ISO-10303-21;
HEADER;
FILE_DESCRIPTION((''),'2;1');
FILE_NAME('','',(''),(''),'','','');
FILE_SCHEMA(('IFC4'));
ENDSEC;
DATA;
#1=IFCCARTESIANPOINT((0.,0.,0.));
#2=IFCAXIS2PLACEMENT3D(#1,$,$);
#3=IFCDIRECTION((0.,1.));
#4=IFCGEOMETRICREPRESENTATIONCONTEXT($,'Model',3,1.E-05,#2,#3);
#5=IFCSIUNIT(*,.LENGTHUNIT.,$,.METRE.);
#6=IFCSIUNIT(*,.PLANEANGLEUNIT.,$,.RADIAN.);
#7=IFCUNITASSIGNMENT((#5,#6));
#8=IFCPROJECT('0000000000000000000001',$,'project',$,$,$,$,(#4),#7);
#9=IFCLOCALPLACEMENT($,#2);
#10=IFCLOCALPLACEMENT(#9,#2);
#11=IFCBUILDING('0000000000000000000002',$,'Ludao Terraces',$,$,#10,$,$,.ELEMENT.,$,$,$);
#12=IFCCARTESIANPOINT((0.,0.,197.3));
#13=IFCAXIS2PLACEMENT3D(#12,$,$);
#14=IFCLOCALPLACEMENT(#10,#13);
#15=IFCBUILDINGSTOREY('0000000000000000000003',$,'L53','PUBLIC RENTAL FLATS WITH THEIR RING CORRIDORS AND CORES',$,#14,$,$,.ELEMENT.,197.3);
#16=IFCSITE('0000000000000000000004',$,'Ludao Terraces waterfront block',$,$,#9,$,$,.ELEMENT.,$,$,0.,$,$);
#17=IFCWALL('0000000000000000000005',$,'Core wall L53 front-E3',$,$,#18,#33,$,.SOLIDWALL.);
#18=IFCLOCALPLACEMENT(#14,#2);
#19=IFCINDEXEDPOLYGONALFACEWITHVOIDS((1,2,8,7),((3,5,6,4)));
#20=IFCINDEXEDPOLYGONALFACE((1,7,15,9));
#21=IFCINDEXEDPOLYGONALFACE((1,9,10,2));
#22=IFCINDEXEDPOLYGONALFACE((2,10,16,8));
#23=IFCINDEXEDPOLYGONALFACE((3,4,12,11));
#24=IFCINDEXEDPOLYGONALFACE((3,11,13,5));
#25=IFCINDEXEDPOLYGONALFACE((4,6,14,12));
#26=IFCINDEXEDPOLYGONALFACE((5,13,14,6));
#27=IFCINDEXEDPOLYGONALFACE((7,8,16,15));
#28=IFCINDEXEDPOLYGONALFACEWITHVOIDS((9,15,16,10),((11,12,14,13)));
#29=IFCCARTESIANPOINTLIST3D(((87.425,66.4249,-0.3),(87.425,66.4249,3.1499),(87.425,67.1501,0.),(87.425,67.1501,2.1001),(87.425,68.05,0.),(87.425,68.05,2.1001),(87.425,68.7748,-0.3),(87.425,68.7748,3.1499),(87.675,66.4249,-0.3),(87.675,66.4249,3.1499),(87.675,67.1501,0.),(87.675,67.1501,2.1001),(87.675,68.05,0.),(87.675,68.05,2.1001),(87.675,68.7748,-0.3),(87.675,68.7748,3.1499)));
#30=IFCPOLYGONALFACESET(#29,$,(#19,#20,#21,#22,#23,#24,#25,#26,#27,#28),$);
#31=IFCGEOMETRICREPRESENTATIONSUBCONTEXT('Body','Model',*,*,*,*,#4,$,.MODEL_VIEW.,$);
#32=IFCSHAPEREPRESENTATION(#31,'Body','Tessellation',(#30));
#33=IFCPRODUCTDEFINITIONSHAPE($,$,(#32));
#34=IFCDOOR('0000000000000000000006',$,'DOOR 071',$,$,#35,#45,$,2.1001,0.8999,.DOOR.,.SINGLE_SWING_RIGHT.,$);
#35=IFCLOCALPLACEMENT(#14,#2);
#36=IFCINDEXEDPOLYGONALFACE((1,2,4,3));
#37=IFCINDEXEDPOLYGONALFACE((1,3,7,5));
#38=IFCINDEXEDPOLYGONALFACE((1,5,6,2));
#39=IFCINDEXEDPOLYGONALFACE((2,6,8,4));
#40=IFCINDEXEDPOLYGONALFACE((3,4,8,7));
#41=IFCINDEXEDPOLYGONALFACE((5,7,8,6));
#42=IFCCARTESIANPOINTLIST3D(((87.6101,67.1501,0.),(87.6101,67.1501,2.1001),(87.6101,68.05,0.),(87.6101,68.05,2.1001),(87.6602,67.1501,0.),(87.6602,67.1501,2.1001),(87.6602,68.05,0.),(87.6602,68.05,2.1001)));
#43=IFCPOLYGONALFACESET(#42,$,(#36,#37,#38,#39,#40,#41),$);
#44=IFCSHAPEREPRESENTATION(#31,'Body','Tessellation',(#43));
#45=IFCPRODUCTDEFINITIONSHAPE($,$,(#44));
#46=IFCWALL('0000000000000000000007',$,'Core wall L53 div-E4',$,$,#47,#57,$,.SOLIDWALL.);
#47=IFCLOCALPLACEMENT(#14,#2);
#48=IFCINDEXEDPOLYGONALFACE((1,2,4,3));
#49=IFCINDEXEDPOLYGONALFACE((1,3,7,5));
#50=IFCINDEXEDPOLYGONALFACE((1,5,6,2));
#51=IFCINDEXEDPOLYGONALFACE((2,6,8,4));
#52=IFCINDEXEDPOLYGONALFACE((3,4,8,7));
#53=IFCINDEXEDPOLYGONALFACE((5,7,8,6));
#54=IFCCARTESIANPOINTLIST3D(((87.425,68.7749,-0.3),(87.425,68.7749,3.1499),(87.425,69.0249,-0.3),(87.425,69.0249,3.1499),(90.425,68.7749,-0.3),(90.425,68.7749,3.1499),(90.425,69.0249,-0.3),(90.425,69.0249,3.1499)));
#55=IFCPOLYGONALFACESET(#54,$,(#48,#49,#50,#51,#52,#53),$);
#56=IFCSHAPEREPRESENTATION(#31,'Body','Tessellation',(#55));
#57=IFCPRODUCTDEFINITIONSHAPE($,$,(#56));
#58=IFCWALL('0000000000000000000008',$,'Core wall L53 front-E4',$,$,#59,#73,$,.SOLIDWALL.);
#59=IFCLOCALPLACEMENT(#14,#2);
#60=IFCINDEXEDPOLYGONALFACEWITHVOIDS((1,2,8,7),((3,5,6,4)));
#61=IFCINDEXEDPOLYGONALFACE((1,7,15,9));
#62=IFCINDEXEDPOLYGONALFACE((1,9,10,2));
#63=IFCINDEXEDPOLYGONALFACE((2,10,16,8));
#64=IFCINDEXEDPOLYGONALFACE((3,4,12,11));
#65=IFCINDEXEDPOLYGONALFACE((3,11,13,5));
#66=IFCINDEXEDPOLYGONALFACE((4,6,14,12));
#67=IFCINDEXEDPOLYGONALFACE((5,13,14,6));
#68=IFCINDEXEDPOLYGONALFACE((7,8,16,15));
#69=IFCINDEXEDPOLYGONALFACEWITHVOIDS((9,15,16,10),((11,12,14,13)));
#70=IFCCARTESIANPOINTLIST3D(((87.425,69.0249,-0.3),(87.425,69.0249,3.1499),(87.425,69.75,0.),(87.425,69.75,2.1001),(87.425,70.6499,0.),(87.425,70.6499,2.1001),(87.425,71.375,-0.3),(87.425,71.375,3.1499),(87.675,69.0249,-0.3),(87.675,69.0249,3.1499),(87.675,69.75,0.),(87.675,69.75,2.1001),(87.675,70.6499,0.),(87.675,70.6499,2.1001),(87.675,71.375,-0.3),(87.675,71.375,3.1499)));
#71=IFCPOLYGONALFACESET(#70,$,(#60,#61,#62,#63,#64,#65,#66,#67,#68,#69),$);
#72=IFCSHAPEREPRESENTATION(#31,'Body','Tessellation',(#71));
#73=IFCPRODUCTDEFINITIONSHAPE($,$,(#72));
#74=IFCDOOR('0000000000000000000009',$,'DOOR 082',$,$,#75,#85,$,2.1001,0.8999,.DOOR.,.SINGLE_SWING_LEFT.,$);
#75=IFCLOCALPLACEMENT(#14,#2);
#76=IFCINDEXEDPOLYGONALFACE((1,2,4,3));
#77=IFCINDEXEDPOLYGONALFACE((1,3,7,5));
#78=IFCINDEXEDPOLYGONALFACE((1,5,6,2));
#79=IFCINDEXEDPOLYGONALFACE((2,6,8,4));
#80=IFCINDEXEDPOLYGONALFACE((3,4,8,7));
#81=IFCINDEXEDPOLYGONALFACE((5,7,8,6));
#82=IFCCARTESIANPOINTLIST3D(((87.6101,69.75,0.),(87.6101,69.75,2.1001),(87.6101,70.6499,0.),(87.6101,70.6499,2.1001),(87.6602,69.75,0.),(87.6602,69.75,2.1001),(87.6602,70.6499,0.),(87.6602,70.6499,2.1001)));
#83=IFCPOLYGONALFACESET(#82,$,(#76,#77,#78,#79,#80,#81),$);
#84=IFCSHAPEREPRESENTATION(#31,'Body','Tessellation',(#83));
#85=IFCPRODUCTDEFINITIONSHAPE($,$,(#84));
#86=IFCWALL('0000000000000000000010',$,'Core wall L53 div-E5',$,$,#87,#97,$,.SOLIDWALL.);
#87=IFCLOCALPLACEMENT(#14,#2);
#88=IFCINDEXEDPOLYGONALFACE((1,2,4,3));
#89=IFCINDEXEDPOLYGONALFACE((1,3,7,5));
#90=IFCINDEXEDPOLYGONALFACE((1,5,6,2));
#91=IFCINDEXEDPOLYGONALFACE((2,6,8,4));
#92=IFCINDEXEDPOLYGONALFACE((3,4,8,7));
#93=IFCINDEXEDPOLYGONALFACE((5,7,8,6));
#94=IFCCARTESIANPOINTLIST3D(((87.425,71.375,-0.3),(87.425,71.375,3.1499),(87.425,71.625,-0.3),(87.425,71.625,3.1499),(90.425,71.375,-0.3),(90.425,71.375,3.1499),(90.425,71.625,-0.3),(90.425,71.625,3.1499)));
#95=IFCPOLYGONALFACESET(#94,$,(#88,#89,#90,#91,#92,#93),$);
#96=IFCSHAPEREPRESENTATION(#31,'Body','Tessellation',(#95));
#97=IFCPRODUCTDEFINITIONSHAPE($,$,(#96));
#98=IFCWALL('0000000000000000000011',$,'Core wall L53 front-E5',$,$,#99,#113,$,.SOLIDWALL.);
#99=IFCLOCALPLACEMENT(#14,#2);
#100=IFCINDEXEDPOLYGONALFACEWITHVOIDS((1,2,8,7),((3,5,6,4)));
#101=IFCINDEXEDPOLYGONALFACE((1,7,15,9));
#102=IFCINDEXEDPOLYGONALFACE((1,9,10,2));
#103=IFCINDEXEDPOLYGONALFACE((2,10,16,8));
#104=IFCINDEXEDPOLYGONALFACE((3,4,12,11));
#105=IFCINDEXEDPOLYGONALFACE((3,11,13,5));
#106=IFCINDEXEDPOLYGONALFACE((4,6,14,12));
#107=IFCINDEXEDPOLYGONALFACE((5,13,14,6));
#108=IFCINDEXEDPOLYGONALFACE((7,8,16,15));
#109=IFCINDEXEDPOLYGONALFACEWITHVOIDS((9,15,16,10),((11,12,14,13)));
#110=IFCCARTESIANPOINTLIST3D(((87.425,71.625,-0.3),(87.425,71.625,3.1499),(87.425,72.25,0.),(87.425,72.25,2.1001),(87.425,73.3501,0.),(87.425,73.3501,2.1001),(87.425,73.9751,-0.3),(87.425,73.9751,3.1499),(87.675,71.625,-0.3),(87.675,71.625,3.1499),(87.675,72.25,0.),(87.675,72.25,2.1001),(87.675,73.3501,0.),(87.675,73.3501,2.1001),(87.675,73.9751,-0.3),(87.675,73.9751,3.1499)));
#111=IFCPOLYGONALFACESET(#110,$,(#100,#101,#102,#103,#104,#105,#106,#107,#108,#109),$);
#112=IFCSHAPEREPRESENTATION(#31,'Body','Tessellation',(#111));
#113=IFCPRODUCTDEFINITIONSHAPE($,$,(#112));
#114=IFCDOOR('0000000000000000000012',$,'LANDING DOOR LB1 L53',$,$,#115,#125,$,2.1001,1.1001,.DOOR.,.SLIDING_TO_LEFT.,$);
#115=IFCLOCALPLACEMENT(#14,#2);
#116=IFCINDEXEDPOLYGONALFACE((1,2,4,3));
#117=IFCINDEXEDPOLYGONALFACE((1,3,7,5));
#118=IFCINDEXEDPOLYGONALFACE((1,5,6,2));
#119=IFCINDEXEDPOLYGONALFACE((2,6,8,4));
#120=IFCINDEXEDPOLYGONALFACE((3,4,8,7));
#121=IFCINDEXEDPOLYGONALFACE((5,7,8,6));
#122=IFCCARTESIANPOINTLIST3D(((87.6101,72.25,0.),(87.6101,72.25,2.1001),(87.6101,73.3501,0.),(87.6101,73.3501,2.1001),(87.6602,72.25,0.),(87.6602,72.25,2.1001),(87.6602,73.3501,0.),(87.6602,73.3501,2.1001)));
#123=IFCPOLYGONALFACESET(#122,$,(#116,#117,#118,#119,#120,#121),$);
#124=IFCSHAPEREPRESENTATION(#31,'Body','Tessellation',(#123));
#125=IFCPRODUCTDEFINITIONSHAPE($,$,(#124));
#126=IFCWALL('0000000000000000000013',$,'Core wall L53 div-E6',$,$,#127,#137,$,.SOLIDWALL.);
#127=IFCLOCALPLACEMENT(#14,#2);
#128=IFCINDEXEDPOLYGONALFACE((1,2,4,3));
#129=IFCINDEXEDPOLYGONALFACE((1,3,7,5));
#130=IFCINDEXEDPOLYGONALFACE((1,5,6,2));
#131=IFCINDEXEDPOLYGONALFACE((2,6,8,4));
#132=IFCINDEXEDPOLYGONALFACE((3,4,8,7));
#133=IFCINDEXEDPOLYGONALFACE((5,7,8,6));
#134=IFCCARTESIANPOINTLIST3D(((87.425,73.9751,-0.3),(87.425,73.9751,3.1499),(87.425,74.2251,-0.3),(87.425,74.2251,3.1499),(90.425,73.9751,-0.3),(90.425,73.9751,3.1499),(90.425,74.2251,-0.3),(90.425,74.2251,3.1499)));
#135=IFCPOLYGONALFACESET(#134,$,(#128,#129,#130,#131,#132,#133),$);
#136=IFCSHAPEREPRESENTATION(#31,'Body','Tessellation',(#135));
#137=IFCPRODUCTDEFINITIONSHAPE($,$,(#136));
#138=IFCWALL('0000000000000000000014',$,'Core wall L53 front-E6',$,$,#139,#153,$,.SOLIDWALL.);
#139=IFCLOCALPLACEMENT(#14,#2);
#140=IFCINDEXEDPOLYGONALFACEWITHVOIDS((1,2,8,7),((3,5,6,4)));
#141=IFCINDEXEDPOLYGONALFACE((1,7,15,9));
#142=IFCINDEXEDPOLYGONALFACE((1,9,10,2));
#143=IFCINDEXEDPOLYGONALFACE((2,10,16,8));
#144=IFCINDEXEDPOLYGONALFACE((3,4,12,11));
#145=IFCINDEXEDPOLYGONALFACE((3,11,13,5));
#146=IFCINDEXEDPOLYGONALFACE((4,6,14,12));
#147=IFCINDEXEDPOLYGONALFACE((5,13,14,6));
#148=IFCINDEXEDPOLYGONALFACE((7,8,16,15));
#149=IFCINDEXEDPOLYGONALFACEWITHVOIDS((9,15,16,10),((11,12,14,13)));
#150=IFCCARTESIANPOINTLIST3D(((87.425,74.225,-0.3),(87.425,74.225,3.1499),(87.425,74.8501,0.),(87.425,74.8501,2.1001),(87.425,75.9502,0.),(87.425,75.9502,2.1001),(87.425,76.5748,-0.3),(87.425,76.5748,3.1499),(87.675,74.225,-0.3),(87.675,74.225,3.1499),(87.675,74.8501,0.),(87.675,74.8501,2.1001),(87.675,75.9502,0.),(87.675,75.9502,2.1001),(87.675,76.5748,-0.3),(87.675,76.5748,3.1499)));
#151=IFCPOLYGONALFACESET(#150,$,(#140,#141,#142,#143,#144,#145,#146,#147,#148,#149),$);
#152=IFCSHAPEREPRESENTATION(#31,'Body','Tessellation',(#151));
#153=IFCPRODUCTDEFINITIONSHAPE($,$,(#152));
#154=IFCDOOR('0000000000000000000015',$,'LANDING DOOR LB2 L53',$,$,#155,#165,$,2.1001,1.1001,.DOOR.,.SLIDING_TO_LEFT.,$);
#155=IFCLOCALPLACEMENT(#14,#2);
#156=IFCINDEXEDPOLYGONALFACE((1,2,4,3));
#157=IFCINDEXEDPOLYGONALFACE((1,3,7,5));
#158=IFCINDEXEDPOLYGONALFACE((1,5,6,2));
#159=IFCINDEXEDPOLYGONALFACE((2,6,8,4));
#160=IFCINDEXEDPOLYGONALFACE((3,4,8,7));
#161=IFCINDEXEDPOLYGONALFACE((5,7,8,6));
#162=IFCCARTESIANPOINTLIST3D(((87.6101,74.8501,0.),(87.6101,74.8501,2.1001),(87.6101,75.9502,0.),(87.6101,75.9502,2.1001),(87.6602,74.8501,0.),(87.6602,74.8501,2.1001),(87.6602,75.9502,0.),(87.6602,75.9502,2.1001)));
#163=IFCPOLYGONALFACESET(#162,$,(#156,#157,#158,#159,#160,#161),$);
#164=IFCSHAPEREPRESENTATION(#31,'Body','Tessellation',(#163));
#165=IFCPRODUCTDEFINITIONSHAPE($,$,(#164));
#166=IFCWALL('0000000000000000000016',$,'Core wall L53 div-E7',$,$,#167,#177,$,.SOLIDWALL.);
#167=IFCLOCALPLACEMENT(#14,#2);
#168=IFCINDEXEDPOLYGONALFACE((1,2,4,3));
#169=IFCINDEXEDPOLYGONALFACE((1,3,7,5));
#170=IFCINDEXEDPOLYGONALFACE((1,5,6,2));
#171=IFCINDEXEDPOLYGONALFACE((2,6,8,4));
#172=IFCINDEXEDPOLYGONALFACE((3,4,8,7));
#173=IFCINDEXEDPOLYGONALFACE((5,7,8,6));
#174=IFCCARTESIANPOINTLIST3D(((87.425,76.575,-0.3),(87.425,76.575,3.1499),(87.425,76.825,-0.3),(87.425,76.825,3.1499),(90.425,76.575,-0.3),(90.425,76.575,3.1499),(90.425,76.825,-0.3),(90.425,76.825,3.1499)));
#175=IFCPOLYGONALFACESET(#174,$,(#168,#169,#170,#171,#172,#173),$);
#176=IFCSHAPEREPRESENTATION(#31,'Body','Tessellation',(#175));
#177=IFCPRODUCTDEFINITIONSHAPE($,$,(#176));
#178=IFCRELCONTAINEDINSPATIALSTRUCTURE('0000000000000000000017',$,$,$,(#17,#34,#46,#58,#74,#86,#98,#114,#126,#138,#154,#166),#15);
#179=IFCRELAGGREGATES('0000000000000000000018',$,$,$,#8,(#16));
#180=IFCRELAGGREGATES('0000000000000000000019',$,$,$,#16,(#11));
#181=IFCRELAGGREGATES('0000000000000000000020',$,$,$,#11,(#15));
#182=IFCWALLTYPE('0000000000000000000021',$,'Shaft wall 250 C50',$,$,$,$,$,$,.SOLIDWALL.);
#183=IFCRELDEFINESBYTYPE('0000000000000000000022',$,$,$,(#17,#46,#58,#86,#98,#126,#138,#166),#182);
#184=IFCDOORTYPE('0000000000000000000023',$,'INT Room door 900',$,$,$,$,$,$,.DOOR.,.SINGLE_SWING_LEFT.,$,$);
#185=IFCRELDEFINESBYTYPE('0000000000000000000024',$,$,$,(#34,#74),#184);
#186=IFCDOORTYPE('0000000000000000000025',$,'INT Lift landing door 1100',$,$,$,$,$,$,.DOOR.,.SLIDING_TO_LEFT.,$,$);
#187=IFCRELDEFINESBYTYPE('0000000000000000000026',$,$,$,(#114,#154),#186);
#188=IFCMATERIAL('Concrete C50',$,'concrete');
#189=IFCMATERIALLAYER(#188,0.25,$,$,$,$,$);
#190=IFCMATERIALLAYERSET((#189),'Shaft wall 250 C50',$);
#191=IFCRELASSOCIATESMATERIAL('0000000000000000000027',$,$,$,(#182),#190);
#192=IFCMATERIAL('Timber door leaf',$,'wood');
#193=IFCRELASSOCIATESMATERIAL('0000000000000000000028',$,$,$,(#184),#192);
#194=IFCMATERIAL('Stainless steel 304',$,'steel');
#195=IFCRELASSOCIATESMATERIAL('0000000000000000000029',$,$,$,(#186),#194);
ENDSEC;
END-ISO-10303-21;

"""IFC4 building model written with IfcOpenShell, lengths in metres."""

from ifc_helpers import new_model, si_unit, direction, frame, frame_2d, origin, place, context, subcontext, project, spatial, rectangle, extrude, material, layer, layer_set, type_object, element, fill, save


model = new_model("IFC4")

# Units and contexts
model_context = context("Model", 3, precision=1e-05, world=origin(), true_north=direction((0.0, 1.0)))
body_context = subcontext(model_context, "Body", "Model", "MODEL_VIEW")
ifc_project = project(units=[si_unit("LENGTHUNIT", "METRE"), si_unit("PLANEANGLEUNIT", "RADIAN")], contexts=[model_context])

# Site, building, storey
site_placement = place(None, origin())
site = spatial("IfcSite", under=ifc_project, at=site_placement, Name="Ludao Terraces waterfront block", CompositionType="ELEMENT", RefElevation=0.0)
building_placement = place(site_placement, origin())
building = spatial("IfcBuilding", under=site, at=building_placement, Name="Ludao Terraces", CompositionType="ELEMENT")
storey_placement = place(building_placement, frame((0.0, 0.0, 197.3)))
storey = spatial("IfcBuildingStorey", under=building, at=storey_placement, Name="L53", Description="PUBLIC RENTAL FLATS WITH THEIR RING CORRIDORS AND CORES", CompositionType="ELEMENT", Elevation=197.3)

# Wall, opening, door
ifc_material_1 = material(Name="Concrete C50", Category="concrete")
ifc_layer_1 = layer(ifc_material_1, 0.25)
ifc_layer_set_1 = layer_set([ifc_layer_1], Name="Shaft wall 250 C50")
wall_type_1 = type_object("IfcWallType", Name="Shaft wall 250 C50", PredefinedType="SOLIDWALL", material=ifc_layer_set_1)
wall_1_placement = place(storey_placement, frame((87.55, 66.425, -0.3), z_axis=(0.0, 0.0, 1.0), x_axis=(0.0, 1.0, 0.0)))
wall_1 = element("IfcWall", 1, at=wall_1_placement, inside=storey, type_object=wall_type_1, Name="Core wall L53 front-E3", PredefinedType="SOLIDWALL", context=body_context, shape_type="SweptSolid", body=[
    extrude(rectangle(XDim=2.3499, YDim=0.25, at=frame_2d((1.1748, 0.0))), origin(), (0.0, 0.0, 1.0), 3.45),
])
opening_1_placement = place(wall_1_placement, frame((0.7251, 0.0, 0.3)))
opening_1 = element("IfcOpeningElement", 2, at=opening_1_placement, cuts=wall_1, PredefinedType="OPENING", context=body_context, shape_type="SweptSolid", body=[
    extrude(rectangle(XDim=0.8999, YDim=2.1001, at=frame_2d((0.45, 1.05))), frame((0.0, 0.135, 0.0), z_axis=(0.0, -1.0, 0.0), x_axis=(1.0, 0.0, 0.0)), (0.0, 0.0, 1.0), 0.27),
])
ifc_material_2 = material(Name="Timber door leaf", Category="wood")
door_type_1 = type_object("IfcDoorType", Name="INT Room door 900", OperationType="SINGLE_SWING_LEFT", PredefinedType="DOOR", material=ifc_material_2)
door_1_placement = place(opening_1_placement, origin())
door_1 = element("IfcDoor", 3, at=door_1_placement, inside=storey, type_object=door_type_1, Name="DOOR 071", OperationType="SINGLE_SWING_RIGHT", OverallHeight=2.1001, OverallWidth=0.8999, PredefinedType="DOOR", context=body_context, shape_type="SweptSolid", body=[
    extrude(rectangle(XDim=0.8999, YDim=2.1001, at=frame_2d((0.45, 1.05))), frame((0.0, -0.0601, 0.0), z_axis=(0.0, -1.0, 0.0), x_axis=(1.0, 0.0, 0.0)), (0.0, 0.0, 1.0), 0.05),
])
fill(opening_1, door_1)

# Wall
wall_2_placement = place(storey_placement, frame((87.425, 68.8999, -0.3), z_axis=(0.0, 0.0, 1.0), x_axis=(1.0, 0.0, 0.0)))
element("IfcWall", 4, at=wall_2_placement, inside=storey, type_object=wall_type_1, Name="Core wall L53 div-E4", PredefinedType="SOLIDWALL", context=body_context, shape_type="SweptSolid", body=[
    extrude(rectangle(XDim=3.0, YDim=0.25, at=frame_2d((1.5, 0.0))), origin(), (0.0, 0.0, 1.0), 3.45),
])

# Wall, opening, door
wall_3_placement = place(storey_placement, frame((87.55, 69.0249, -0.3), z_axis=(0.0, 0.0, 1.0), x_axis=(0.0, 1.0, 0.0)))
wall_3 = element("IfcWall", 5, at=wall_3_placement, inside=storey, type_object=wall_type_1, Name="Core wall L53 front-E4", PredefinedType="SOLIDWALL", context=body_context, shape_type="SweptSolid", body=[
    extrude(rectangle(XDim=2.3501, YDim=0.25, at=frame_2d((1.175, 0.0))), origin(), (0.0, 0.0, 1.0), 3.45),
])
opening_2_placement = place(wall_3_placement, frame((0.7251, 0.0, 0.3)))
opening_2 = element("IfcOpeningElement", 6, at=opening_2_placement, cuts=wall_3, PredefinedType="OPENING", context=body_context, shape_type="SweptSolid", body=[
    extrude(rectangle(XDim=0.8999, YDim=2.1001, at=frame_2d((0.45, 1.05))), frame((0.0, 0.135, 0.0), z_axis=(0.0, -1.0, 0.0), x_axis=(1.0, 0.0, 0.0)), (0.0, 0.0, 1.0), 0.27),
])
door_2_placement = place(opening_2_placement, origin())
door_2 = element("IfcDoor", 7, at=door_2_placement, inside=storey, type_object=door_type_1, Name="DOOR 082", OperationType="SINGLE_SWING_LEFT", OverallHeight=2.1001, OverallWidth=0.8999, PredefinedType="DOOR", context=body_context, shape_type="SweptSolid", body=[
    extrude(rectangle(XDim=0.8999, YDim=2.1001, at=frame_2d((0.45, 1.05))), frame((0.0, -0.0601, 0.0), z_axis=(0.0, -1.0, 0.0), x_axis=(1.0, 0.0, 0.0)), (0.0, 0.0, 1.0), 0.05),
])
fill(opening_2, door_2)

# Wall
wall_4_placement = place(storey_placement, frame((87.425, 71.5, -0.3), z_axis=(0.0, 0.0, 1.0), x_axis=(1.0, 0.0, 0.0)))
element("IfcWall", 8, at=wall_4_placement, inside=storey, type_object=wall_type_1, Name="Core wall L53 div-E5", PredefinedType="SOLIDWALL", context=body_context, shape_type="SweptSolid", body=[
    extrude(rectangle(XDim=3.0, YDim=0.25, at=frame_2d((1.5, 0.0))), origin(), (0.0, 0.0, 1.0), 3.45),
])

# Wall, opening, door
wall_5_placement = place(storey_placement, frame((87.55, 71.625, -0.3), z_axis=(0.0, 0.0, 1.0), x_axis=(0.0, 1.0, 0.0)))
wall_5 = element("IfcWall", 9, at=wall_5_placement, inside=storey, type_object=wall_type_1, Name="Core wall L53 front-E5", PredefinedType="SOLIDWALL", context=body_context, shape_type="SweptSolid", body=[
    extrude(rectangle(XDim=2.3501, YDim=0.25, at=frame_2d((1.175, 0.0))), origin(), (0.0, 0.0, 1.0), 3.45),
])
opening_3_placement = place(wall_5_placement, frame((0.625, 0.0, 0.3)))
opening_3 = element("IfcOpeningElement", 10, at=opening_3_placement, cuts=wall_5, PredefinedType="OPENING", context=body_context, shape_type="SweptSolid", body=[
    extrude(rectangle(XDim=1.1001, YDim=2.1001, at=frame_2d((0.55, 1.05))), frame((0.0, 0.135, 0.0), z_axis=(0.0, -1.0, 0.0), x_axis=(1.0, 0.0, 0.0)), (0.0, 0.0, 1.0), 0.27),
])
ifc_material_3 = material(Name="Stainless steel 304", Category="steel")
door_type_2 = type_object("IfcDoorType", Name="INT Lift landing door 1100", OperationType="SLIDING_TO_LEFT", PredefinedType="DOOR", material=ifc_material_3)
door_3_placement = place(opening_3_placement, origin())
door_3 = element("IfcDoor", 11, at=door_3_placement, inside=storey, type_object=door_type_2, Name="LANDING DOOR LB1 L53", OperationType="SLIDING_TO_LEFT", OverallHeight=2.1001, OverallWidth=1.1001, PredefinedType="DOOR", context=body_context, shape_type="SweptSolid", body=[
    extrude(rectangle(XDim=1.1001, YDim=2.1001, at=frame_2d((0.55, 1.05))), frame((0.0, -0.0601, 0.0), z_axis=(0.0, -1.0, 0.0), x_axis=(1.0, 0.0, 0.0)), (0.0, 0.0, 1.0), 0.05),
])
fill(opening_3, door_3)

# Wall
wall_6_placement = place(storey_placement, frame((87.425, 74.1001, -0.3), z_axis=(0.0, 0.0, 1.0), x_axis=(1.0, 0.0, 0.0)))
element("IfcWall", 12, at=wall_6_placement, inside=storey, type_object=wall_type_1, Name="Core wall L53 div-E6", PredefinedType="SOLIDWALL", context=body_context, shape_type="SweptSolid", body=[
    extrude(rectangle(XDim=3.0, YDim=0.25, at=frame_2d((1.5, 0.0))), origin(), (0.0, 0.0, 1.0), 3.45),
])

# Wall, opening, door
wall_7_placement = place(storey_placement, frame((87.55, 74.2251, -0.3), z_axis=(0.0, 0.0, 1.0), x_axis=(0.0, 1.0, 0.0)))
wall_7 = element("IfcWall", 13, at=wall_7_placement, inside=storey, type_object=wall_type_1, Name="Core wall L53 front-E6", PredefinedType="SOLIDWALL", context=body_context, shape_type="SweptSolid", body=[
    extrude(rectangle(XDim=2.3499, YDim=0.25, at=frame_2d((1.1748, 0.0))), origin(), (0.0, 0.0, 1.0), 3.45),
])
opening_4_placement = place(wall_7_placement, frame((0.625, 0.0, 0.3)))
opening_4 = element("IfcOpeningElement", 14, at=opening_4_placement, cuts=wall_7, PredefinedType="OPENING", context=body_context, shape_type="SweptSolid", body=[
    extrude(rectangle(XDim=1.1001, YDim=2.1001, at=frame_2d((0.55, 1.05))), frame((0.0, 0.135, 0.0), z_axis=(0.0, -1.0, 0.0), x_axis=(1.0, 0.0, 0.0)), (0.0, 0.0, 1.0), 0.27),
])
door_4_placement = place(opening_4_placement, origin())
door_4 = element("IfcDoor", 15, at=door_4_placement, inside=storey, type_object=door_type_2, Name="LANDING DOOR LB2 L53", OperationType="SLIDING_TO_LEFT", OverallHeight=2.1001, OverallWidth=1.1001, PredefinedType="DOOR", context=body_context, shape_type="SweptSolid", body=[
    extrude(rectangle(XDim=1.1001, YDim=2.1001, at=frame_2d((0.55, 1.05))), frame((0.0, -0.0601, 0.0), z_axis=(0.0, -1.0, 0.0), x_axis=(1.0, 0.0, 0.0)), (0.0, 0.0, 1.0), 0.05),
])
fill(opening_4, door_4)

# Wall
wall_8_placement = place(storey_placement, frame((87.425, 76.7, -0.3), z_axis=(0.0, 0.0, 1.0), x_axis=(1.0, 0.0, 0.0)))
element("IfcWall", 16, at=wall_8_placement, inside=storey, type_object=wall_type_1, Name="Core wall L53 div-E7", PredefinedType="SOLIDWALL", context=body_context, shape_type="SweptSolid", body=[
    extrude(rectangle(XDim=3.0, YDim=0.25, at=frame_2d((1.5, 0.0))), origin(), (0.0, 0.0, 1.0), 3.45),
])

save(model, "model.ifc")
